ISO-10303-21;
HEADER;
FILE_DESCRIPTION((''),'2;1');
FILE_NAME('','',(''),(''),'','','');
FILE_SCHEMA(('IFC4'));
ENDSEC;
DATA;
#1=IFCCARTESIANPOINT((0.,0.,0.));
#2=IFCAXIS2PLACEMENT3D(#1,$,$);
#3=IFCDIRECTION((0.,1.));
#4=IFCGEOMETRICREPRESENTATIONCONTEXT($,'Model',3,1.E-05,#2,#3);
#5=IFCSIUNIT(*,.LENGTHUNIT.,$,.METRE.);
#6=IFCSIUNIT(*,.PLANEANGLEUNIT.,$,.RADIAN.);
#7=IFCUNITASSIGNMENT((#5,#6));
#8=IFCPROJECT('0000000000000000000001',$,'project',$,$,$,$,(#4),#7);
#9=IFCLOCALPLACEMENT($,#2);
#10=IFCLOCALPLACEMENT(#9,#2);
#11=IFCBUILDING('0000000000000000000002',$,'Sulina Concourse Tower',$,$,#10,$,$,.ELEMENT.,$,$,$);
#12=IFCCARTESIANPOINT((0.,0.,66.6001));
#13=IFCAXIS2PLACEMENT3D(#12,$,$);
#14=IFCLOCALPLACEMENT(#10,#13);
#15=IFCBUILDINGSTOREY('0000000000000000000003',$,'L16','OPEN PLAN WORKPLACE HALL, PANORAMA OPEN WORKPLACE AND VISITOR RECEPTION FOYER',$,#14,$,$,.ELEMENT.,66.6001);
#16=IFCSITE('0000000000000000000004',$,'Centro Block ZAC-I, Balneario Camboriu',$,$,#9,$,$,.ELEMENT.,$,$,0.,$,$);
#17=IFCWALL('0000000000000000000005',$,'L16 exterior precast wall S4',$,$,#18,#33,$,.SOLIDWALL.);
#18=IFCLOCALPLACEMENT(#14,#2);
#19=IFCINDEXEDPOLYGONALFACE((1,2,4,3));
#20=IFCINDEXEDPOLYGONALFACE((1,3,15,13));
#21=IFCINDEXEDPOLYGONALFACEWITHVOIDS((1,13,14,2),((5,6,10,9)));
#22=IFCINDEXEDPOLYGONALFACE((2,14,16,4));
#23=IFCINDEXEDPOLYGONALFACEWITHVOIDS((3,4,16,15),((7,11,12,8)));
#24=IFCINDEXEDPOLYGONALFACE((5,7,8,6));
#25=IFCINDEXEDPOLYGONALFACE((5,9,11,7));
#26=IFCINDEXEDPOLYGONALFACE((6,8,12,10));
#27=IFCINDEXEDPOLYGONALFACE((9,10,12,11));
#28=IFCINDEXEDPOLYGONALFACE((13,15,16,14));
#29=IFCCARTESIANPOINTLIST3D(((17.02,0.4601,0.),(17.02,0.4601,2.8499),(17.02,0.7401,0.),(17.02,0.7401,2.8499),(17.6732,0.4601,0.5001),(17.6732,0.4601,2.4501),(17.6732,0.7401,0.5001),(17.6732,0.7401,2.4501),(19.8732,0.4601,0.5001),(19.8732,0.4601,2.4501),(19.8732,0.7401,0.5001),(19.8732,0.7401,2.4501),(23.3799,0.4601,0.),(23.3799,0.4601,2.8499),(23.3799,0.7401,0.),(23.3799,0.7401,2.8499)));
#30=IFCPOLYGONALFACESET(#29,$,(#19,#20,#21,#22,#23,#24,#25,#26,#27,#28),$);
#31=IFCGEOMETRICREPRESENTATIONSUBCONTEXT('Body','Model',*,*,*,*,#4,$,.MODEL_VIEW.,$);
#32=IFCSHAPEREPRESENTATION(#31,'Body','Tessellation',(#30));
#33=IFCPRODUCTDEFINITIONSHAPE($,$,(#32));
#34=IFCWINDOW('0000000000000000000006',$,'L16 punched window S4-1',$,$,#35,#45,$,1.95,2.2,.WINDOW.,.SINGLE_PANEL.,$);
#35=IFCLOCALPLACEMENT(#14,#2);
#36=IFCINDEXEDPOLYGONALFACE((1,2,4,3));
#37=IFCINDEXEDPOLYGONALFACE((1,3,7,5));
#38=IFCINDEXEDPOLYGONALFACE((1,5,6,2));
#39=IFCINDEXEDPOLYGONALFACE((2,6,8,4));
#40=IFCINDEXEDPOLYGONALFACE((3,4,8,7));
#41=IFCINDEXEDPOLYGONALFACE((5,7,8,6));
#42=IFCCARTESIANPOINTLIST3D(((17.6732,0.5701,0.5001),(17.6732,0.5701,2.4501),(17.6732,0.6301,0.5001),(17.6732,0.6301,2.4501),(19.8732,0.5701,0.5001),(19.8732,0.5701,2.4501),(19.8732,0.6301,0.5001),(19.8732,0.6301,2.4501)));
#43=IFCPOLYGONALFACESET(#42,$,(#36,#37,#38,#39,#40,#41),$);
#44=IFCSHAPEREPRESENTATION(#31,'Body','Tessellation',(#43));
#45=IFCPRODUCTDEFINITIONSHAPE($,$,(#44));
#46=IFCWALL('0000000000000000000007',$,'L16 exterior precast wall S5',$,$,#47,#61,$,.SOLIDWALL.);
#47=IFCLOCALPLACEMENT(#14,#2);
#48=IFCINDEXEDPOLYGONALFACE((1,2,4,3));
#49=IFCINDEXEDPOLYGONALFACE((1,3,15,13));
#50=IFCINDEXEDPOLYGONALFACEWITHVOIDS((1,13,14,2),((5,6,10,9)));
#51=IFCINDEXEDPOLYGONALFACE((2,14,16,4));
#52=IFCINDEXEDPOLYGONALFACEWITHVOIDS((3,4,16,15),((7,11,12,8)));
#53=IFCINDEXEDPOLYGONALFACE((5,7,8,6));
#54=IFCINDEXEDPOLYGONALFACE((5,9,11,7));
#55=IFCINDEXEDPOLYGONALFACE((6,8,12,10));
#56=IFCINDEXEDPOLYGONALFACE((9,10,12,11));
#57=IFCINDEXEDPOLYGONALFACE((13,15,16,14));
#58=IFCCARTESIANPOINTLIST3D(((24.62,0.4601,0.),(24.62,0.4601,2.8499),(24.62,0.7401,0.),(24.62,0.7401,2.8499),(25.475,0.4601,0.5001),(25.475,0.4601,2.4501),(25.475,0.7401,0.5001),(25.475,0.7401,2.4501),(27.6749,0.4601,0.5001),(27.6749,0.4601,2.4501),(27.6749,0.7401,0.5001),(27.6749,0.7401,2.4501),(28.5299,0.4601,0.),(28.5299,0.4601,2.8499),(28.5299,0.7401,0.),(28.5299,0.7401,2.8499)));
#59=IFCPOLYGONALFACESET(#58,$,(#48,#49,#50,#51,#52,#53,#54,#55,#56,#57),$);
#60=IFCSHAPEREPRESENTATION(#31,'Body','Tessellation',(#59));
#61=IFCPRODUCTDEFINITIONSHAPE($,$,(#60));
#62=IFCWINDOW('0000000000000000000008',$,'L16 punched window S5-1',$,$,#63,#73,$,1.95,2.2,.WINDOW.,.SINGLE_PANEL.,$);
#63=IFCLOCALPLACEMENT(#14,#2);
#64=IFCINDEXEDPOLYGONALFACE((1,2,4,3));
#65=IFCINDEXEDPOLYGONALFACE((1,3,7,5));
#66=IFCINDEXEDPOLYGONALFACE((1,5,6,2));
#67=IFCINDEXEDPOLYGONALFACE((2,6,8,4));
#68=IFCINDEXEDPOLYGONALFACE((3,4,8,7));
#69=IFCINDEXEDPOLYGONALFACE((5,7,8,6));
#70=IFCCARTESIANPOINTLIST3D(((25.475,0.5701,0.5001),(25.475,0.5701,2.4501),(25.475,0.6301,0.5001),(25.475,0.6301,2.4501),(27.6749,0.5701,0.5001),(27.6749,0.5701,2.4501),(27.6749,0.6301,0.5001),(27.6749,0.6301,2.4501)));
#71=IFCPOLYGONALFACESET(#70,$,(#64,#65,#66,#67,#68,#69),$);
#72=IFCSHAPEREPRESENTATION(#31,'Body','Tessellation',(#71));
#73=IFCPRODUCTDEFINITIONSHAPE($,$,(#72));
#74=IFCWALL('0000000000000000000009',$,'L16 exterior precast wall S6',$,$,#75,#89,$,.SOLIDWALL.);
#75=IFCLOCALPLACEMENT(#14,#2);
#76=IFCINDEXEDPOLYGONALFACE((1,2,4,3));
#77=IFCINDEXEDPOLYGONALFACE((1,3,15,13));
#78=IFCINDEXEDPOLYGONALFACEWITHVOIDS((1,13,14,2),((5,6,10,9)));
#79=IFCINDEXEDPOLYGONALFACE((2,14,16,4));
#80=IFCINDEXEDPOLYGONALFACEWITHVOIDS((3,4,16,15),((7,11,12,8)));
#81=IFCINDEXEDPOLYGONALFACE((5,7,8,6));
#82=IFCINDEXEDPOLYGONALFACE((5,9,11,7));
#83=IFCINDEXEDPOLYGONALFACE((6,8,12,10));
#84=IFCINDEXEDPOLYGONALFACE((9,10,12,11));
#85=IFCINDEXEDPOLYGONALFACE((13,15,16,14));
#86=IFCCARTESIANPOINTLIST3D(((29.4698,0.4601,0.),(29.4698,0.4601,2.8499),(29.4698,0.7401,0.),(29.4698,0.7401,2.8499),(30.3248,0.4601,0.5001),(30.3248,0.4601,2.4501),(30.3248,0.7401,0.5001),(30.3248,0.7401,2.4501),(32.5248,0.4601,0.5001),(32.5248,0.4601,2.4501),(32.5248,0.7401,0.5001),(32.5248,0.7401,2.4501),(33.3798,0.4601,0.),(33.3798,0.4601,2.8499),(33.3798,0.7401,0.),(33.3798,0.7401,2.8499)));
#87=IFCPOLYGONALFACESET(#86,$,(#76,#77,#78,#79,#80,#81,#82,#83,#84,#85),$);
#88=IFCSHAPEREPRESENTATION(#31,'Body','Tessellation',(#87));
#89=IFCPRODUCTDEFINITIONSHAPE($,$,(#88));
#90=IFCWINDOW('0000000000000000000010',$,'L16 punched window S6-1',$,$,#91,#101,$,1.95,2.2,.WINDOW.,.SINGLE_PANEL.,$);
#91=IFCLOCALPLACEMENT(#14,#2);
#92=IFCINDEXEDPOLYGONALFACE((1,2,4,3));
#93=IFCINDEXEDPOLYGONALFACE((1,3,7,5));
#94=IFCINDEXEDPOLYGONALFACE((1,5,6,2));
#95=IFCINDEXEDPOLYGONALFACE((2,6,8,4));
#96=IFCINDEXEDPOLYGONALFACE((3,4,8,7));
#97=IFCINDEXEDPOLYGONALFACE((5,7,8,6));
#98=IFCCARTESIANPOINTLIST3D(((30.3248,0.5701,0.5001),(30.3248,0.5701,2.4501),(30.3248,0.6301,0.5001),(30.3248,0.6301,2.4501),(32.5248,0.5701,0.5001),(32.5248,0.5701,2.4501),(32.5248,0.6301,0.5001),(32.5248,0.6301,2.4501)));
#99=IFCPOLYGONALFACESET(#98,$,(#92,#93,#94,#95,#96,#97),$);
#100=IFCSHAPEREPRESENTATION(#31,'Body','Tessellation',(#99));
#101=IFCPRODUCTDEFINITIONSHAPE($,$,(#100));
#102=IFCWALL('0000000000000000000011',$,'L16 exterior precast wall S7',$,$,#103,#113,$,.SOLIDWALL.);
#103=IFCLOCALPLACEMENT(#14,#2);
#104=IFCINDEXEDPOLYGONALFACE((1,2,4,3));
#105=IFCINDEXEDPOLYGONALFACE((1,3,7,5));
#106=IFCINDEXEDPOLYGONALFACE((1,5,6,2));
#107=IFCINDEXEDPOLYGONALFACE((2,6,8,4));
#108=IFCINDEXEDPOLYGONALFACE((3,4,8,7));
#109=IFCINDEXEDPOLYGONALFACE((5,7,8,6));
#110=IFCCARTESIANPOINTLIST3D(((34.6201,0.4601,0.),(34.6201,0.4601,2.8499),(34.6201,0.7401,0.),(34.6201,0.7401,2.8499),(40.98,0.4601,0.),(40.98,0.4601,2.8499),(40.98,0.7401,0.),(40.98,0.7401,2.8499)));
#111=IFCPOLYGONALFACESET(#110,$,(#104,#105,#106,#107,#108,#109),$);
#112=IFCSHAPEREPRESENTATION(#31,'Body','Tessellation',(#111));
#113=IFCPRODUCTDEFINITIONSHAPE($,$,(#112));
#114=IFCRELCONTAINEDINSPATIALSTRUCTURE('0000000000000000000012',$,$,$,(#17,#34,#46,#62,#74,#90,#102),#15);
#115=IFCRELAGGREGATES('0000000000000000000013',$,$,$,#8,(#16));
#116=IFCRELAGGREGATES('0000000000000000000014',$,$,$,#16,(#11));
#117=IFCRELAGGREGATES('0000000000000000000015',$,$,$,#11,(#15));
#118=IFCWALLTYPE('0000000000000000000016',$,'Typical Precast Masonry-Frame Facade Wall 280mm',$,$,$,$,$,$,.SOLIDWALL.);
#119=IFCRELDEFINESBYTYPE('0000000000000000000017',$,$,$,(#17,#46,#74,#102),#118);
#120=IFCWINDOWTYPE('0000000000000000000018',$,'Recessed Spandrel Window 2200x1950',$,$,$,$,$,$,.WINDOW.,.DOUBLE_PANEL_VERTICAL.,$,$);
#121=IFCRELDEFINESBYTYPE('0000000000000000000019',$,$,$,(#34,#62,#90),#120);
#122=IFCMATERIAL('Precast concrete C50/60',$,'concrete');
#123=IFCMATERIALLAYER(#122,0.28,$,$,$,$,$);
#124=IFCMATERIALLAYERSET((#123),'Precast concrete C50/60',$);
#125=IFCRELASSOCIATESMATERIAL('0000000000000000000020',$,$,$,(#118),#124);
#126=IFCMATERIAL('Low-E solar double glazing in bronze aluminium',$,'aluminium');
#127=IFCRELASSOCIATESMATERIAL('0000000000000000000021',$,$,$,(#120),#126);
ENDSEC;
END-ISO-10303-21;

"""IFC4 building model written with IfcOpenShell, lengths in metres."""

from ifc_helpers import new_model, si_unit, direction, frame, frame_2d, origin, place, context, subcontext, project, spatial, rectangle, extrude, material, layer, layer_set, type_object, element, fill, save


model = new_model("IFC4")

# Units and contexts
model_context = context("Model", 3, precision=1e-05, world=origin(), true_north=direction((0.0, 1.0)))
body_context = subcontext(model_context, "Body", "Model", "MODEL_VIEW")
ifc_project = project(units=[si_unit("LENGTHUNIT", "METRE"), si_unit("PLANEANGLEUNIT", "RADIAN")], contexts=[model_context])

# Site, building, storey
site_placement = place(None, origin())
site = spatial("IfcSite", under=ifc_project, at=site_placement, Name="Centro Block ZAC-I, Balneario Camboriu", CompositionType="ELEMENT", RefElevation=0.0)
building_placement = place(site_placement, origin())
building = spatial("IfcBuilding", under=site, at=building_placement, Name="Sulina Concourse Tower", CompositionType="ELEMENT")
storey_placement = place(building_placement, frame((0.0, 0.0, 66.6001)))
storey = spatial("IfcBuildingStorey", under=building, at=storey_placement, Name="L16", Description="OPEN PLAN WORKPLACE HALL, PANORAMA OPEN WORKPLACE AND VISITOR RECEPTION FOYER", CompositionType="ELEMENT", Elevation=66.6001)

# Walls, openings, windows
ifc_material_1 = material(Name="Precast concrete C50/60", Category="concrete")
ifc_layer_1 = layer(ifc_material_1, 0.28)
ifc_layer_set_1 = layer_set([ifc_layer_1], Name="Precast concrete C50/60")
wall_type_1 = type_object("IfcWallType", Name="Typical Precast Masonry-Frame Facade Wall 280mm", PredefinedType="SOLIDWALL", material=ifc_layer_set_1)
wall_1_placement = place(storey_placement, frame((23.3799, 0.6001, 0.0), z_axis=(0.0, 0.0, 1.0), x_axis=(-1.0, 0.0, 0.0)))
wall_1 = element("IfcWall", 1, at=wall_1_placement, inside=storey, type_object=wall_type_1, Name="L16 exterior precast wall S4", PredefinedType="SOLIDWALL", context=body_context, shape_type="SweptSolid", body=[
    extrude(rectangle(XDim=6.3599, YDim=0.28, at=frame_2d((3.1799, 0.0))), origin(), (0.0, 0.0, 1.0), 2.8499),
])
opening_1_placement = place(wall_1_placement, frame((3.5066, 0.0, 0.5)))
opening_1 = element("IfcOpeningElement", 2, at=opening_1_placement, cuts=wall_1, PredefinedType="OPENING", context=body_context, shape_type="SweptSolid", body=[
    extrude(rectangle(XDim=2.2, YDim=1.95, at=frame_2d((1.1001, 0.9751))), frame((0.0, 0.1499, 0.0), z_axis=(0.0, -1.0, 0.0), x_axis=(1.0, 0.0, 0.0)), (0.0, 0.0, 1.0), 0.3),
])
ifc_material_2 = material(Name="Low-E solar double glazing in bronze aluminium", Category="aluminium")
window_type = type_object("IfcWindowType", Name="Recessed Spandrel Window 2200x1950", PartitioningType="DOUBLE_PANEL_VERTICAL", PredefinedType="WINDOW", material=ifc_material_2)
window_1_placement = place(opening_1_placement, origin())
window_1 = element("IfcWindow", 3, at=window_1_placement, inside=storey, type_object=window_type, Name="L16 punched window S4-1", OverallHeight=1.95, OverallWidth=2.2, PartitioningType="SINGLE_PANEL", PredefinedType="WINDOW", context=body_context, shape_type="SweptSolid", body=[
    extrude(rectangle(XDim=2.2, YDim=1.95, at=frame_2d((1.1001, 0.9751))), frame((0.0, 0.03, 0.0), z_axis=(0.0, -1.0, 0.0), x_axis=(1.0, 0.0, 0.0)), (0.0, 0.0, 1.0), 0.0601),
])
fill(opening_1, window_1)
wall_2_placement = place(storey_placement, frame((28.53, 0.6001, 0.0), z_axis=(0.0, 0.0, 1.0), x_axis=(-1.0, 0.0, 0.0)))
wall_2 = element("IfcWall", 4, at=wall_2_placement, inside=storey, type_object=wall_type_1, Name="L16 exterior precast wall S5", PredefinedType="SOLIDWALL", context=body_context, shape_type="SweptSolid", body=[
    extrude(rectangle(XDim=3.9099, YDim=0.28, at=frame_2d((1.9551, 0.0))), origin(), (0.0, 0.0, 1.0), 2.8499),
])
opening_2_placement = place(wall_2_placement, frame((0.855, 0.0, 0.5)))
opening_2 = element("IfcOpeningElement", 5, at=opening_2_placement, cuts=wall_2, PredefinedType="OPENING", context=body_context, shape_type="SweptSolid", body=[
    extrude(rectangle(XDim=2.2, YDim=1.95, at=frame_2d((1.1001, 0.9751))), frame((0.0, 0.1499, 0.0), z_axis=(0.0, -1.0, 0.0), x_axis=(1.0, 0.0, 0.0)), (0.0, 0.0, 1.0), 0.3),
])
window_2_placement = place(opening_2_placement, origin())
window_2 = element("IfcWindow", 6, at=window_2_placement, inside=storey, type_object=window_type, Name="L16 punched window S5-1", OverallHeight=1.95, OverallWidth=2.2, PartitioningType="SINGLE_PANEL", PredefinedType="WINDOW", context=body_context, shape_type="SweptSolid", body=[
    extrude(rectangle(XDim=2.2, YDim=1.95, at=frame_2d((1.1001, 0.9751))), frame((0.0, 0.03, 0.0), z_axis=(0.0, -1.0, 0.0), x_axis=(1.0, 0.0, 0.0)), (0.0, 0.0, 1.0), 0.0601),
])
fill(opening_2, window_2)
wall_3_placement = place(storey_placement, frame((33.3799, 0.6001, 0.0), z_axis=(0.0, 0.0, 1.0), x_axis=(-1.0, 0.0, 0.0)))
wall_3 = element("IfcWall", 7, at=wall_3_placement, inside=storey, type_object=wall_type_1, Name="L16 exterior precast wall S6", PredefinedType="SOLIDWALL", context=body_context, shape_type="SweptSolid", body=[
    extrude(rectangle(XDim=3.9099, YDim=0.28, at=frame_2d((1.9551, 0.0))), origin(), (0.0, 0.0, 1.0), 2.8499),
])
opening_3_placement = place(wall_3_placement, frame((0.855, 0.0, 0.5)))
opening_3 = element("IfcOpeningElement", 8, at=opening_3_placement, cuts=wall_3, PredefinedType="OPENING", context=body_context, shape_type="SweptSolid", body=[
    extrude(rectangle(XDim=2.2, YDim=1.95, at=frame_2d((1.1001, 0.9751))), frame((0.0, 0.1499, 0.0), z_axis=(0.0, -1.0, 0.0), x_axis=(1.0, 0.0, 0.0)), (0.0, 0.0, 1.0), 0.3),
])
window_3_placement = place(opening_3_placement, origin())
window_3 = element("IfcWindow", 9, at=window_3_placement, inside=storey, type_object=window_type, Name="L16 punched window S6-1", OverallHeight=1.95, OverallWidth=2.2, PartitioningType="SINGLE_PANEL", PredefinedType="WINDOW", context=body_context, shape_type="SweptSolid", body=[
    extrude(rectangle(XDim=2.2, YDim=1.95, at=frame_2d((1.1001, 0.9751))), frame((0.0, 0.03, 0.0), z_axis=(0.0, -1.0, 0.0), x_axis=(1.0, 0.0, 0.0)), (0.0, 0.0, 1.0), 0.0601),
])
fill(opening_3, window_3)

# Wall
wall_4_placement = place(storey_placement, frame((40.98, 0.6001, 0.0), z_axis=(0.0, 0.0, 1.0), x_axis=(-1.0, 0.0, 0.0)))
element("IfcWall", 10, at=wall_4_placement, inside=storey, type_object=wall_type_1, Name="L16 exterior precast wall S7", PredefinedType="SOLIDWALL", context=body_context, shape_type="SweptSolid", body=[
    extrude(rectangle(XDim=6.3599, YDim=0.28, at=frame_2d((3.1799, 0.0))), origin(), (0.0, 0.0, 1.0), 2.8499),
])

save(model, "model.ifc")
